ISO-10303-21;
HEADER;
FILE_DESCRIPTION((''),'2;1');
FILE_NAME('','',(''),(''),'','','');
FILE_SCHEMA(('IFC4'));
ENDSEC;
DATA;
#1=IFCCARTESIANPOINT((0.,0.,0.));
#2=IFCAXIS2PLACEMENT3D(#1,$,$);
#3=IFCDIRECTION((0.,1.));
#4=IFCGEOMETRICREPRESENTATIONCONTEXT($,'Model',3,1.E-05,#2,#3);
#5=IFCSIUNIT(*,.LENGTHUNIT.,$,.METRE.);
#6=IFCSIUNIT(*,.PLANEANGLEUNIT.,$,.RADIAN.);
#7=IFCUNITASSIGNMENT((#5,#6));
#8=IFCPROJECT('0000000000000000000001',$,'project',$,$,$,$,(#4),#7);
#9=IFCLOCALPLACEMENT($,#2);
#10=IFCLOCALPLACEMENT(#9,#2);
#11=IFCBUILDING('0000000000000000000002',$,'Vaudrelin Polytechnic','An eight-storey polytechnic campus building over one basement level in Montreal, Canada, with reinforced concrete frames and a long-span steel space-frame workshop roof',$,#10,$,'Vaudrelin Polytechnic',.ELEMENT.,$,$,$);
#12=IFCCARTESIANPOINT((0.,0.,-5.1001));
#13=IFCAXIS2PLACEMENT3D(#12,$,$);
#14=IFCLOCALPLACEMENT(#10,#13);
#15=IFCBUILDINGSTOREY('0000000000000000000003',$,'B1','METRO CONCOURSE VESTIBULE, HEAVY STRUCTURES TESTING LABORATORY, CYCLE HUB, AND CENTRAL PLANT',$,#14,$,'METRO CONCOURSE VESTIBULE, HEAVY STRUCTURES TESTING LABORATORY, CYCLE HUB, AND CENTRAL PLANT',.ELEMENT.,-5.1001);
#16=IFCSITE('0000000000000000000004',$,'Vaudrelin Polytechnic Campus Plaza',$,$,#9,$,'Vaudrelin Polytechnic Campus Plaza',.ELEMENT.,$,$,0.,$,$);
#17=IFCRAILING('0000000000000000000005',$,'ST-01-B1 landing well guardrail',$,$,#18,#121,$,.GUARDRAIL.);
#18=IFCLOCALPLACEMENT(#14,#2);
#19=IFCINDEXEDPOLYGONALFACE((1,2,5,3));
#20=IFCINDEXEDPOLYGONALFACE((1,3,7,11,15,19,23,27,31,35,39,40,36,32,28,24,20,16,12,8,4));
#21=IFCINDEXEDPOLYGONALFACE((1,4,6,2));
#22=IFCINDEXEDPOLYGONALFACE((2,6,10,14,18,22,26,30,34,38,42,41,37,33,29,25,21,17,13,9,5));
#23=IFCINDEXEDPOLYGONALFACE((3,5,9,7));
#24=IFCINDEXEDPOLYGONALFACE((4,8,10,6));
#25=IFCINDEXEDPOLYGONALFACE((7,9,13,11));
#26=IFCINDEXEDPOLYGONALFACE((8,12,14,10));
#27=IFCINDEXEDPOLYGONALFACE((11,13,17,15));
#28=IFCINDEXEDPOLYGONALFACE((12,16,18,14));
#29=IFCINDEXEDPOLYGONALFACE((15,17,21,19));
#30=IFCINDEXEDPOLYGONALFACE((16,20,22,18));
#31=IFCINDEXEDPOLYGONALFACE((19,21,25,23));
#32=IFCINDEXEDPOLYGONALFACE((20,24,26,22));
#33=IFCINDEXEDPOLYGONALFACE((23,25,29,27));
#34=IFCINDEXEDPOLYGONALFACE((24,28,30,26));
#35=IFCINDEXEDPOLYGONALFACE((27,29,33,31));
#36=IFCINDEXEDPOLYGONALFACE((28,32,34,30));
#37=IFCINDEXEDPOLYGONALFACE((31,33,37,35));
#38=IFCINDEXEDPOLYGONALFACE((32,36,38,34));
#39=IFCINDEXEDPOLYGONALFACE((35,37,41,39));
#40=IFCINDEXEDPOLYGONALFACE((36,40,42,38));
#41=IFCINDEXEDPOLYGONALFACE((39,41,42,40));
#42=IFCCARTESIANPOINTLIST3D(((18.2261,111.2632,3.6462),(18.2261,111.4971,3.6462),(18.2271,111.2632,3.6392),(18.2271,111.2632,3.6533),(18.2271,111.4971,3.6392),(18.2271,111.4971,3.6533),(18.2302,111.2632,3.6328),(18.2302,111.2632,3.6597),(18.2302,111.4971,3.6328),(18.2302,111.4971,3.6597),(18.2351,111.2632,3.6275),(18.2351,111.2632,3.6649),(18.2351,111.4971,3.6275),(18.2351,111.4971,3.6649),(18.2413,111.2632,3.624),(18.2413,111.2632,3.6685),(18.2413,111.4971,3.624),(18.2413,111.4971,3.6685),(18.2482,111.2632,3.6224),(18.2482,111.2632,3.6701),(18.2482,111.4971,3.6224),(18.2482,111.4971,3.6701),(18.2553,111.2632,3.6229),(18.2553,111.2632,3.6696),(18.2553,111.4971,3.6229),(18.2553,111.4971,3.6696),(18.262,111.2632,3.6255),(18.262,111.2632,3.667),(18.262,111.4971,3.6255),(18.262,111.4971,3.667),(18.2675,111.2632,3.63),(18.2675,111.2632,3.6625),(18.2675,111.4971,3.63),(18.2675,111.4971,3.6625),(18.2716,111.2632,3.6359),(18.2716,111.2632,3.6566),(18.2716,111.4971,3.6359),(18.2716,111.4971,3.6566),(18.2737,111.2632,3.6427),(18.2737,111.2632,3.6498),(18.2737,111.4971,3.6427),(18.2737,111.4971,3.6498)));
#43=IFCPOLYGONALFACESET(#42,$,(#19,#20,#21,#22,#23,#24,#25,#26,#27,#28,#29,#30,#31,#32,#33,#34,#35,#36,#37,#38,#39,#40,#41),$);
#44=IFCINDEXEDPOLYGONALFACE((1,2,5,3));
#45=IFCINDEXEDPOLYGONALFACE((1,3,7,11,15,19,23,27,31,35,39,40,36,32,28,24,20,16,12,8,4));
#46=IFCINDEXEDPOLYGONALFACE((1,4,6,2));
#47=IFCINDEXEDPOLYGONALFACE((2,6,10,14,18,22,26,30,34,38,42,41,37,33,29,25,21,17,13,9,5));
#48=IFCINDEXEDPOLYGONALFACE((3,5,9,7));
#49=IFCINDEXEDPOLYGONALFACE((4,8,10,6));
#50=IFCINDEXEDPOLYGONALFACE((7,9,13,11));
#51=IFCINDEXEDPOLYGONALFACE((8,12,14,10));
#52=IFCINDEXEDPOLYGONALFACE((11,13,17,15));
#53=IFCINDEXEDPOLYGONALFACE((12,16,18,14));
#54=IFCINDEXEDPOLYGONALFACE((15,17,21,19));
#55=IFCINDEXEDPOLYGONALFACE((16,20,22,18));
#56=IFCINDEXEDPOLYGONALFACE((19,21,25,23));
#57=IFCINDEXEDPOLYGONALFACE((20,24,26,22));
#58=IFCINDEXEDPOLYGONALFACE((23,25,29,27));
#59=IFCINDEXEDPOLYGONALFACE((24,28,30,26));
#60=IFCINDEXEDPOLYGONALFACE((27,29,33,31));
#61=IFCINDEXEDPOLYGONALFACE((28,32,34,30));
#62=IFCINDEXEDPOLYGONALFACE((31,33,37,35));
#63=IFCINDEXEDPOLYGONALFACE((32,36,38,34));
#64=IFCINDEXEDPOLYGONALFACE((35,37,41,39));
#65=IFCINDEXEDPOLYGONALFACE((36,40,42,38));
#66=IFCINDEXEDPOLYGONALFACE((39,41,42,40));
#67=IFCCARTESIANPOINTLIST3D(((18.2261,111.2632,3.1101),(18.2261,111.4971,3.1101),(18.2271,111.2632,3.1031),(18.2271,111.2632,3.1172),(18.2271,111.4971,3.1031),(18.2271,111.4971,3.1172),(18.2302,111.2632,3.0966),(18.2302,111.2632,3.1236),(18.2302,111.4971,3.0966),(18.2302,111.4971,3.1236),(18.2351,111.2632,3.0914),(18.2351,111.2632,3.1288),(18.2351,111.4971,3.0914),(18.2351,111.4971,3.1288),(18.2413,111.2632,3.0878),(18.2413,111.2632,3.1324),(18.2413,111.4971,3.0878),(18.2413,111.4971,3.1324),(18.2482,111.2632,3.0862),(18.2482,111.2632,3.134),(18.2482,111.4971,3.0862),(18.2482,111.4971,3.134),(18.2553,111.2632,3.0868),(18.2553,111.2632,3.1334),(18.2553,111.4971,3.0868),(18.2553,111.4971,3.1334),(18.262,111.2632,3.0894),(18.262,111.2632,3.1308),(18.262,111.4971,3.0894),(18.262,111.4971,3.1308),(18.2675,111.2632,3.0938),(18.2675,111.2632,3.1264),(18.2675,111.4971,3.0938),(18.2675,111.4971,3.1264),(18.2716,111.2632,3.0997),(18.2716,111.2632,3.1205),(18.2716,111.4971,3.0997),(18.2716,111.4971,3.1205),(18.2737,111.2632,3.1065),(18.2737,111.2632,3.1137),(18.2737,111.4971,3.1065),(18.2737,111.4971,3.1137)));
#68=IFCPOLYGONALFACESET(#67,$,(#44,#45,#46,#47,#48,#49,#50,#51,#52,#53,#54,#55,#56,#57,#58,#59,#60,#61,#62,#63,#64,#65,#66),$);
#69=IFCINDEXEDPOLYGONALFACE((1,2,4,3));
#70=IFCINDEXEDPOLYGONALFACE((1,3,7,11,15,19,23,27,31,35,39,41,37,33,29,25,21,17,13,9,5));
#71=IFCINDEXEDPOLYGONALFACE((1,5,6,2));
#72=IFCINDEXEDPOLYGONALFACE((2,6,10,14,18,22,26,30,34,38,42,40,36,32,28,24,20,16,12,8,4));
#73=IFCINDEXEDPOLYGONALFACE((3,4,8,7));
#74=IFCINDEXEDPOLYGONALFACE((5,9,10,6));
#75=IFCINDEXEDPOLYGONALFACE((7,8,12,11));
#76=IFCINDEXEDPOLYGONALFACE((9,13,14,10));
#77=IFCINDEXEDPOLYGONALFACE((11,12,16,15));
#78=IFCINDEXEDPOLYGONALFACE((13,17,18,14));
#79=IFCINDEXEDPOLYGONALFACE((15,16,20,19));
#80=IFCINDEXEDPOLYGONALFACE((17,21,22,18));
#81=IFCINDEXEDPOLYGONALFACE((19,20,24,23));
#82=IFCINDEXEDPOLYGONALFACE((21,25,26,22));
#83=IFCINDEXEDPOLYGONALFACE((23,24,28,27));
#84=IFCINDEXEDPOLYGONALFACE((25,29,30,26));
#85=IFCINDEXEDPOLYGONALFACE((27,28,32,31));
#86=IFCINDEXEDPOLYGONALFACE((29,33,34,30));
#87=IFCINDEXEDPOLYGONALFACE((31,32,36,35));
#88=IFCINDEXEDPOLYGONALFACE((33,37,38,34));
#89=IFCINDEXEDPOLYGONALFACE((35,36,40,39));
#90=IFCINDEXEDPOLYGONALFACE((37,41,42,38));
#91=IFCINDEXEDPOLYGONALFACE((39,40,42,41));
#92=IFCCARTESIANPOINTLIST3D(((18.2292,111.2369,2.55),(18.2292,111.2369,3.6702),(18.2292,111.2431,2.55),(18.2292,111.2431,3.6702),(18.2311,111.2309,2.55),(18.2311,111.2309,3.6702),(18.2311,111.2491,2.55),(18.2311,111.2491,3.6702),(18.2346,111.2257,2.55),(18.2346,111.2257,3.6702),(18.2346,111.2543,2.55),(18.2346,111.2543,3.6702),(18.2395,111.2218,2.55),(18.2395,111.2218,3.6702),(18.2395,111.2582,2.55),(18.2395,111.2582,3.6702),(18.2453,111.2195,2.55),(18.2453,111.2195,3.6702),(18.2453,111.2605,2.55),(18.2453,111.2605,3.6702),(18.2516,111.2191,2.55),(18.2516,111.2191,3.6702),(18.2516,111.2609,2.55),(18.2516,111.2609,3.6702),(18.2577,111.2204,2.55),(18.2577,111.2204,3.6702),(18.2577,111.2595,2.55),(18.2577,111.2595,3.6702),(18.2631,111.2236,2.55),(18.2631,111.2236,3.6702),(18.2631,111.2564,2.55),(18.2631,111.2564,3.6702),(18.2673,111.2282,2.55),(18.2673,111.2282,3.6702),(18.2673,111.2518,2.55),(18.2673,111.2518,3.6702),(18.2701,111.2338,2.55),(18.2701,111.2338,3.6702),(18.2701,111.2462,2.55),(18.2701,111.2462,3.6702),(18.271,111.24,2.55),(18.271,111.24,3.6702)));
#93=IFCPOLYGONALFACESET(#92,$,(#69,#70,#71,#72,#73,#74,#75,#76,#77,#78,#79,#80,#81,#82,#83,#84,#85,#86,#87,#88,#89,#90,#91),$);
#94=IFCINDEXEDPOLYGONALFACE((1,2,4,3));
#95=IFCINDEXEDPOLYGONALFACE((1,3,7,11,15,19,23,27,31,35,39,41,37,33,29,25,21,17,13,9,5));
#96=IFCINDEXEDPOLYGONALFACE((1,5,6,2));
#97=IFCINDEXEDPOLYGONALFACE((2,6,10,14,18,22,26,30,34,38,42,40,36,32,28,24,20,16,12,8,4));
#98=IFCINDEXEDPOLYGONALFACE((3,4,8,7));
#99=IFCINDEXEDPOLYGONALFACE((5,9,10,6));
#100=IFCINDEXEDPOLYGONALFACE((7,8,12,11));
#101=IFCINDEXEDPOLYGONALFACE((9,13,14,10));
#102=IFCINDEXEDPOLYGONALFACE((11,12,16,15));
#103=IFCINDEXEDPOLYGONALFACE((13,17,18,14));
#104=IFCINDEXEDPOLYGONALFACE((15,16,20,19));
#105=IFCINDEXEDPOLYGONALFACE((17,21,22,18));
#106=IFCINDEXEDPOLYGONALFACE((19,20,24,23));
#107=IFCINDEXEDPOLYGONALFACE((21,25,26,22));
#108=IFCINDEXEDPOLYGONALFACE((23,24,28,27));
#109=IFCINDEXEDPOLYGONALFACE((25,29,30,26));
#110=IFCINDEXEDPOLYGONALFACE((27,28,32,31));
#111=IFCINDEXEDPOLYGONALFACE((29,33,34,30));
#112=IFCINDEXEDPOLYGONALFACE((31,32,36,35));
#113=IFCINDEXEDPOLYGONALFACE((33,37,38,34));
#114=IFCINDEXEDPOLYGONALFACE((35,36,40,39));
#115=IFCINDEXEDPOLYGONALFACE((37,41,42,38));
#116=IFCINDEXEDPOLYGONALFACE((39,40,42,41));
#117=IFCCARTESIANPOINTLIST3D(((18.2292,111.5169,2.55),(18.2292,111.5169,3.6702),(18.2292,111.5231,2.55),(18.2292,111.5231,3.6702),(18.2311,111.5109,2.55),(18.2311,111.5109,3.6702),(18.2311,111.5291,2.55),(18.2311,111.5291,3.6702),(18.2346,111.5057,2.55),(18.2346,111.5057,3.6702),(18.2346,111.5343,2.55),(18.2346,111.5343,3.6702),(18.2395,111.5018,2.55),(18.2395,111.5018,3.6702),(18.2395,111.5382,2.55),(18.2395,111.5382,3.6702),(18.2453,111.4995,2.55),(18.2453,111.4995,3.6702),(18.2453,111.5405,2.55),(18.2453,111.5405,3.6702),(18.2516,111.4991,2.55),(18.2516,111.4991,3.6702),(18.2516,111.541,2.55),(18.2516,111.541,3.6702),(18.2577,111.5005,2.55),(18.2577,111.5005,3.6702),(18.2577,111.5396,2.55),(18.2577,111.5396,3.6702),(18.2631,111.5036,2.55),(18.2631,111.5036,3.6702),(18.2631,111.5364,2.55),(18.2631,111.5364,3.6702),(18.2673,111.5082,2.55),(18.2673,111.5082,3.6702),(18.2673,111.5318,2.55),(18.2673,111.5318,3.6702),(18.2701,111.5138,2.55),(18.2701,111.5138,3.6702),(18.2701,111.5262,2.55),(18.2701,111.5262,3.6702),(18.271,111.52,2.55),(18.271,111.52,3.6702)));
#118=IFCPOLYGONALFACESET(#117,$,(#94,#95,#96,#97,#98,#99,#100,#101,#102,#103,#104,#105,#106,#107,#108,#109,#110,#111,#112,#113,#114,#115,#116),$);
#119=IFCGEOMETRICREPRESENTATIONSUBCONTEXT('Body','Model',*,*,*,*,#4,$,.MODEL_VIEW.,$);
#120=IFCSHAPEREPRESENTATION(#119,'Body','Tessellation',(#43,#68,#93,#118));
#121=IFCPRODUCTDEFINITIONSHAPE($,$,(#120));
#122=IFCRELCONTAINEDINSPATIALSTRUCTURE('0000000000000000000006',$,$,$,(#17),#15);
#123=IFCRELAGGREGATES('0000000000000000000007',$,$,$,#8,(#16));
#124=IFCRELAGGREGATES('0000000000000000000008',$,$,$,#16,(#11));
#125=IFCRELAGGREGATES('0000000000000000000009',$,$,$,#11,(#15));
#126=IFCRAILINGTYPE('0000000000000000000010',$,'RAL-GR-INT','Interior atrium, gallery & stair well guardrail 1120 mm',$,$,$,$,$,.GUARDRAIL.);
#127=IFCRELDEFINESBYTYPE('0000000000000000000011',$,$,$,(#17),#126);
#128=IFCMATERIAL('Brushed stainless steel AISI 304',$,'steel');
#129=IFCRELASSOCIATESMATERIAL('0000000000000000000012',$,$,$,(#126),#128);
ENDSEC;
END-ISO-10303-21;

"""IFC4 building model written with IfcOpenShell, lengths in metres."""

from ifc_helpers import new_model, si_unit, direction, frame, origin, origin_2d, place, context, subcontext, project, spatial, circle, extrude, material, type_object, element, save


model = new_model("IFC4")

# Units and contexts
model_context = context("Model", 3, precision=1e-05, world=origin(), true_north=direction((0.0, 1.0)))
body_context = subcontext(model_context, "Body", "Model", "MODEL_VIEW")
ifc_project = project(units=[si_unit("LENGTHUNIT", "METRE"), si_unit("PLANEANGLEUNIT", "RADIAN")], contexts=[model_context])

# Site, building, storey
site_placement = place(None, origin())
site = spatial("IfcSite", under=ifc_project, at=site_placement, Name="Vaudrelin Polytechnic Campus Plaza", LongName="Vaudrelin Polytechnic Campus Plaza", CompositionType="ELEMENT", RefElevation=0.0)
building_placement = place(site_placement, origin())
building = spatial("IfcBuilding", under=site, at=building_placement, Name="Vaudrelin Polytechnic", Description="An eight-storey polytechnic campus building over one basement level in Montreal, Canada, with reinforced concrete frames and a long-span steel space-frame workshop roof", LongName="Vaudrelin Polytechnic", CompositionType="ELEMENT")
storey_placement = place(building_placement, frame((0.0, 0.0, -5.1001)))
storey = spatial("IfcBuildingStorey", under=building, at=storey_placement, Name="B1", Description="METRO CONCOURSE VESTIBULE, HEAVY STRUCTURES TESTING LABORATORY, CYCLE HUB, AND CENTRAL PLANT", LongName="METRO CONCOURSE VESTIBULE, HEAVY STRUCTURES TESTING LABORATORY, CYCLE HUB, AND CENTRAL PLANT", CompositionType="ELEMENT", Elevation=-5.1001)

# Railing
ifc_material_1 = material(Name="Brushed stainless steel AISI 304", Category="steel")
railing_type_1 = type_object("IfcRailingType", Name="RAL-GR-INT", Description="Interior atrium, gallery & stair well guardrail 1120 mm", PredefinedType="GUARDRAIL", material=ifc_material_1)
railing_1_placement = place(storey_placement, frame((18.25, 111.24, 2.55)))
element("IfcRailing", 1, at=railing_1_placement, inside=storey, type_object=railing_type_1, Name="ST-01-B1 landing well guardrail", PredefinedType="GUARDRAIL", context=body_context, shape_type="SweptSolid", body=[
    extrude(circle(Radius=0.0239, at=origin_2d()), frame((0.0, 0.0232, 1.0962), z_axis=(0.0, 1.0, 0.0), x_axis=(-1.0, 0.0, 0.0)), (0.0, 0.0, 1.0), 0.2339),
    extrude(circle(Radius=0.0239, at=origin_2d()), frame((0.0, 0.0232, 0.5601), z_axis=(0.0, 1.0, 0.0), x_axis=(-1.0, 0.0, 0.0)), (0.0, 0.0, 1.0), 0.2339),
    extrude(circle(Radius=0.021, at=origin_2d()), origin(), (0.0, 0.0, 1.0), 1.1201),
    extrude(circle(Radius=0.021, at=origin_2d()), frame((0.0, 0.28, 0.0)), (0.0, 0.0, 1.0), 1.1201),
])

save(model, "model.ifc")
